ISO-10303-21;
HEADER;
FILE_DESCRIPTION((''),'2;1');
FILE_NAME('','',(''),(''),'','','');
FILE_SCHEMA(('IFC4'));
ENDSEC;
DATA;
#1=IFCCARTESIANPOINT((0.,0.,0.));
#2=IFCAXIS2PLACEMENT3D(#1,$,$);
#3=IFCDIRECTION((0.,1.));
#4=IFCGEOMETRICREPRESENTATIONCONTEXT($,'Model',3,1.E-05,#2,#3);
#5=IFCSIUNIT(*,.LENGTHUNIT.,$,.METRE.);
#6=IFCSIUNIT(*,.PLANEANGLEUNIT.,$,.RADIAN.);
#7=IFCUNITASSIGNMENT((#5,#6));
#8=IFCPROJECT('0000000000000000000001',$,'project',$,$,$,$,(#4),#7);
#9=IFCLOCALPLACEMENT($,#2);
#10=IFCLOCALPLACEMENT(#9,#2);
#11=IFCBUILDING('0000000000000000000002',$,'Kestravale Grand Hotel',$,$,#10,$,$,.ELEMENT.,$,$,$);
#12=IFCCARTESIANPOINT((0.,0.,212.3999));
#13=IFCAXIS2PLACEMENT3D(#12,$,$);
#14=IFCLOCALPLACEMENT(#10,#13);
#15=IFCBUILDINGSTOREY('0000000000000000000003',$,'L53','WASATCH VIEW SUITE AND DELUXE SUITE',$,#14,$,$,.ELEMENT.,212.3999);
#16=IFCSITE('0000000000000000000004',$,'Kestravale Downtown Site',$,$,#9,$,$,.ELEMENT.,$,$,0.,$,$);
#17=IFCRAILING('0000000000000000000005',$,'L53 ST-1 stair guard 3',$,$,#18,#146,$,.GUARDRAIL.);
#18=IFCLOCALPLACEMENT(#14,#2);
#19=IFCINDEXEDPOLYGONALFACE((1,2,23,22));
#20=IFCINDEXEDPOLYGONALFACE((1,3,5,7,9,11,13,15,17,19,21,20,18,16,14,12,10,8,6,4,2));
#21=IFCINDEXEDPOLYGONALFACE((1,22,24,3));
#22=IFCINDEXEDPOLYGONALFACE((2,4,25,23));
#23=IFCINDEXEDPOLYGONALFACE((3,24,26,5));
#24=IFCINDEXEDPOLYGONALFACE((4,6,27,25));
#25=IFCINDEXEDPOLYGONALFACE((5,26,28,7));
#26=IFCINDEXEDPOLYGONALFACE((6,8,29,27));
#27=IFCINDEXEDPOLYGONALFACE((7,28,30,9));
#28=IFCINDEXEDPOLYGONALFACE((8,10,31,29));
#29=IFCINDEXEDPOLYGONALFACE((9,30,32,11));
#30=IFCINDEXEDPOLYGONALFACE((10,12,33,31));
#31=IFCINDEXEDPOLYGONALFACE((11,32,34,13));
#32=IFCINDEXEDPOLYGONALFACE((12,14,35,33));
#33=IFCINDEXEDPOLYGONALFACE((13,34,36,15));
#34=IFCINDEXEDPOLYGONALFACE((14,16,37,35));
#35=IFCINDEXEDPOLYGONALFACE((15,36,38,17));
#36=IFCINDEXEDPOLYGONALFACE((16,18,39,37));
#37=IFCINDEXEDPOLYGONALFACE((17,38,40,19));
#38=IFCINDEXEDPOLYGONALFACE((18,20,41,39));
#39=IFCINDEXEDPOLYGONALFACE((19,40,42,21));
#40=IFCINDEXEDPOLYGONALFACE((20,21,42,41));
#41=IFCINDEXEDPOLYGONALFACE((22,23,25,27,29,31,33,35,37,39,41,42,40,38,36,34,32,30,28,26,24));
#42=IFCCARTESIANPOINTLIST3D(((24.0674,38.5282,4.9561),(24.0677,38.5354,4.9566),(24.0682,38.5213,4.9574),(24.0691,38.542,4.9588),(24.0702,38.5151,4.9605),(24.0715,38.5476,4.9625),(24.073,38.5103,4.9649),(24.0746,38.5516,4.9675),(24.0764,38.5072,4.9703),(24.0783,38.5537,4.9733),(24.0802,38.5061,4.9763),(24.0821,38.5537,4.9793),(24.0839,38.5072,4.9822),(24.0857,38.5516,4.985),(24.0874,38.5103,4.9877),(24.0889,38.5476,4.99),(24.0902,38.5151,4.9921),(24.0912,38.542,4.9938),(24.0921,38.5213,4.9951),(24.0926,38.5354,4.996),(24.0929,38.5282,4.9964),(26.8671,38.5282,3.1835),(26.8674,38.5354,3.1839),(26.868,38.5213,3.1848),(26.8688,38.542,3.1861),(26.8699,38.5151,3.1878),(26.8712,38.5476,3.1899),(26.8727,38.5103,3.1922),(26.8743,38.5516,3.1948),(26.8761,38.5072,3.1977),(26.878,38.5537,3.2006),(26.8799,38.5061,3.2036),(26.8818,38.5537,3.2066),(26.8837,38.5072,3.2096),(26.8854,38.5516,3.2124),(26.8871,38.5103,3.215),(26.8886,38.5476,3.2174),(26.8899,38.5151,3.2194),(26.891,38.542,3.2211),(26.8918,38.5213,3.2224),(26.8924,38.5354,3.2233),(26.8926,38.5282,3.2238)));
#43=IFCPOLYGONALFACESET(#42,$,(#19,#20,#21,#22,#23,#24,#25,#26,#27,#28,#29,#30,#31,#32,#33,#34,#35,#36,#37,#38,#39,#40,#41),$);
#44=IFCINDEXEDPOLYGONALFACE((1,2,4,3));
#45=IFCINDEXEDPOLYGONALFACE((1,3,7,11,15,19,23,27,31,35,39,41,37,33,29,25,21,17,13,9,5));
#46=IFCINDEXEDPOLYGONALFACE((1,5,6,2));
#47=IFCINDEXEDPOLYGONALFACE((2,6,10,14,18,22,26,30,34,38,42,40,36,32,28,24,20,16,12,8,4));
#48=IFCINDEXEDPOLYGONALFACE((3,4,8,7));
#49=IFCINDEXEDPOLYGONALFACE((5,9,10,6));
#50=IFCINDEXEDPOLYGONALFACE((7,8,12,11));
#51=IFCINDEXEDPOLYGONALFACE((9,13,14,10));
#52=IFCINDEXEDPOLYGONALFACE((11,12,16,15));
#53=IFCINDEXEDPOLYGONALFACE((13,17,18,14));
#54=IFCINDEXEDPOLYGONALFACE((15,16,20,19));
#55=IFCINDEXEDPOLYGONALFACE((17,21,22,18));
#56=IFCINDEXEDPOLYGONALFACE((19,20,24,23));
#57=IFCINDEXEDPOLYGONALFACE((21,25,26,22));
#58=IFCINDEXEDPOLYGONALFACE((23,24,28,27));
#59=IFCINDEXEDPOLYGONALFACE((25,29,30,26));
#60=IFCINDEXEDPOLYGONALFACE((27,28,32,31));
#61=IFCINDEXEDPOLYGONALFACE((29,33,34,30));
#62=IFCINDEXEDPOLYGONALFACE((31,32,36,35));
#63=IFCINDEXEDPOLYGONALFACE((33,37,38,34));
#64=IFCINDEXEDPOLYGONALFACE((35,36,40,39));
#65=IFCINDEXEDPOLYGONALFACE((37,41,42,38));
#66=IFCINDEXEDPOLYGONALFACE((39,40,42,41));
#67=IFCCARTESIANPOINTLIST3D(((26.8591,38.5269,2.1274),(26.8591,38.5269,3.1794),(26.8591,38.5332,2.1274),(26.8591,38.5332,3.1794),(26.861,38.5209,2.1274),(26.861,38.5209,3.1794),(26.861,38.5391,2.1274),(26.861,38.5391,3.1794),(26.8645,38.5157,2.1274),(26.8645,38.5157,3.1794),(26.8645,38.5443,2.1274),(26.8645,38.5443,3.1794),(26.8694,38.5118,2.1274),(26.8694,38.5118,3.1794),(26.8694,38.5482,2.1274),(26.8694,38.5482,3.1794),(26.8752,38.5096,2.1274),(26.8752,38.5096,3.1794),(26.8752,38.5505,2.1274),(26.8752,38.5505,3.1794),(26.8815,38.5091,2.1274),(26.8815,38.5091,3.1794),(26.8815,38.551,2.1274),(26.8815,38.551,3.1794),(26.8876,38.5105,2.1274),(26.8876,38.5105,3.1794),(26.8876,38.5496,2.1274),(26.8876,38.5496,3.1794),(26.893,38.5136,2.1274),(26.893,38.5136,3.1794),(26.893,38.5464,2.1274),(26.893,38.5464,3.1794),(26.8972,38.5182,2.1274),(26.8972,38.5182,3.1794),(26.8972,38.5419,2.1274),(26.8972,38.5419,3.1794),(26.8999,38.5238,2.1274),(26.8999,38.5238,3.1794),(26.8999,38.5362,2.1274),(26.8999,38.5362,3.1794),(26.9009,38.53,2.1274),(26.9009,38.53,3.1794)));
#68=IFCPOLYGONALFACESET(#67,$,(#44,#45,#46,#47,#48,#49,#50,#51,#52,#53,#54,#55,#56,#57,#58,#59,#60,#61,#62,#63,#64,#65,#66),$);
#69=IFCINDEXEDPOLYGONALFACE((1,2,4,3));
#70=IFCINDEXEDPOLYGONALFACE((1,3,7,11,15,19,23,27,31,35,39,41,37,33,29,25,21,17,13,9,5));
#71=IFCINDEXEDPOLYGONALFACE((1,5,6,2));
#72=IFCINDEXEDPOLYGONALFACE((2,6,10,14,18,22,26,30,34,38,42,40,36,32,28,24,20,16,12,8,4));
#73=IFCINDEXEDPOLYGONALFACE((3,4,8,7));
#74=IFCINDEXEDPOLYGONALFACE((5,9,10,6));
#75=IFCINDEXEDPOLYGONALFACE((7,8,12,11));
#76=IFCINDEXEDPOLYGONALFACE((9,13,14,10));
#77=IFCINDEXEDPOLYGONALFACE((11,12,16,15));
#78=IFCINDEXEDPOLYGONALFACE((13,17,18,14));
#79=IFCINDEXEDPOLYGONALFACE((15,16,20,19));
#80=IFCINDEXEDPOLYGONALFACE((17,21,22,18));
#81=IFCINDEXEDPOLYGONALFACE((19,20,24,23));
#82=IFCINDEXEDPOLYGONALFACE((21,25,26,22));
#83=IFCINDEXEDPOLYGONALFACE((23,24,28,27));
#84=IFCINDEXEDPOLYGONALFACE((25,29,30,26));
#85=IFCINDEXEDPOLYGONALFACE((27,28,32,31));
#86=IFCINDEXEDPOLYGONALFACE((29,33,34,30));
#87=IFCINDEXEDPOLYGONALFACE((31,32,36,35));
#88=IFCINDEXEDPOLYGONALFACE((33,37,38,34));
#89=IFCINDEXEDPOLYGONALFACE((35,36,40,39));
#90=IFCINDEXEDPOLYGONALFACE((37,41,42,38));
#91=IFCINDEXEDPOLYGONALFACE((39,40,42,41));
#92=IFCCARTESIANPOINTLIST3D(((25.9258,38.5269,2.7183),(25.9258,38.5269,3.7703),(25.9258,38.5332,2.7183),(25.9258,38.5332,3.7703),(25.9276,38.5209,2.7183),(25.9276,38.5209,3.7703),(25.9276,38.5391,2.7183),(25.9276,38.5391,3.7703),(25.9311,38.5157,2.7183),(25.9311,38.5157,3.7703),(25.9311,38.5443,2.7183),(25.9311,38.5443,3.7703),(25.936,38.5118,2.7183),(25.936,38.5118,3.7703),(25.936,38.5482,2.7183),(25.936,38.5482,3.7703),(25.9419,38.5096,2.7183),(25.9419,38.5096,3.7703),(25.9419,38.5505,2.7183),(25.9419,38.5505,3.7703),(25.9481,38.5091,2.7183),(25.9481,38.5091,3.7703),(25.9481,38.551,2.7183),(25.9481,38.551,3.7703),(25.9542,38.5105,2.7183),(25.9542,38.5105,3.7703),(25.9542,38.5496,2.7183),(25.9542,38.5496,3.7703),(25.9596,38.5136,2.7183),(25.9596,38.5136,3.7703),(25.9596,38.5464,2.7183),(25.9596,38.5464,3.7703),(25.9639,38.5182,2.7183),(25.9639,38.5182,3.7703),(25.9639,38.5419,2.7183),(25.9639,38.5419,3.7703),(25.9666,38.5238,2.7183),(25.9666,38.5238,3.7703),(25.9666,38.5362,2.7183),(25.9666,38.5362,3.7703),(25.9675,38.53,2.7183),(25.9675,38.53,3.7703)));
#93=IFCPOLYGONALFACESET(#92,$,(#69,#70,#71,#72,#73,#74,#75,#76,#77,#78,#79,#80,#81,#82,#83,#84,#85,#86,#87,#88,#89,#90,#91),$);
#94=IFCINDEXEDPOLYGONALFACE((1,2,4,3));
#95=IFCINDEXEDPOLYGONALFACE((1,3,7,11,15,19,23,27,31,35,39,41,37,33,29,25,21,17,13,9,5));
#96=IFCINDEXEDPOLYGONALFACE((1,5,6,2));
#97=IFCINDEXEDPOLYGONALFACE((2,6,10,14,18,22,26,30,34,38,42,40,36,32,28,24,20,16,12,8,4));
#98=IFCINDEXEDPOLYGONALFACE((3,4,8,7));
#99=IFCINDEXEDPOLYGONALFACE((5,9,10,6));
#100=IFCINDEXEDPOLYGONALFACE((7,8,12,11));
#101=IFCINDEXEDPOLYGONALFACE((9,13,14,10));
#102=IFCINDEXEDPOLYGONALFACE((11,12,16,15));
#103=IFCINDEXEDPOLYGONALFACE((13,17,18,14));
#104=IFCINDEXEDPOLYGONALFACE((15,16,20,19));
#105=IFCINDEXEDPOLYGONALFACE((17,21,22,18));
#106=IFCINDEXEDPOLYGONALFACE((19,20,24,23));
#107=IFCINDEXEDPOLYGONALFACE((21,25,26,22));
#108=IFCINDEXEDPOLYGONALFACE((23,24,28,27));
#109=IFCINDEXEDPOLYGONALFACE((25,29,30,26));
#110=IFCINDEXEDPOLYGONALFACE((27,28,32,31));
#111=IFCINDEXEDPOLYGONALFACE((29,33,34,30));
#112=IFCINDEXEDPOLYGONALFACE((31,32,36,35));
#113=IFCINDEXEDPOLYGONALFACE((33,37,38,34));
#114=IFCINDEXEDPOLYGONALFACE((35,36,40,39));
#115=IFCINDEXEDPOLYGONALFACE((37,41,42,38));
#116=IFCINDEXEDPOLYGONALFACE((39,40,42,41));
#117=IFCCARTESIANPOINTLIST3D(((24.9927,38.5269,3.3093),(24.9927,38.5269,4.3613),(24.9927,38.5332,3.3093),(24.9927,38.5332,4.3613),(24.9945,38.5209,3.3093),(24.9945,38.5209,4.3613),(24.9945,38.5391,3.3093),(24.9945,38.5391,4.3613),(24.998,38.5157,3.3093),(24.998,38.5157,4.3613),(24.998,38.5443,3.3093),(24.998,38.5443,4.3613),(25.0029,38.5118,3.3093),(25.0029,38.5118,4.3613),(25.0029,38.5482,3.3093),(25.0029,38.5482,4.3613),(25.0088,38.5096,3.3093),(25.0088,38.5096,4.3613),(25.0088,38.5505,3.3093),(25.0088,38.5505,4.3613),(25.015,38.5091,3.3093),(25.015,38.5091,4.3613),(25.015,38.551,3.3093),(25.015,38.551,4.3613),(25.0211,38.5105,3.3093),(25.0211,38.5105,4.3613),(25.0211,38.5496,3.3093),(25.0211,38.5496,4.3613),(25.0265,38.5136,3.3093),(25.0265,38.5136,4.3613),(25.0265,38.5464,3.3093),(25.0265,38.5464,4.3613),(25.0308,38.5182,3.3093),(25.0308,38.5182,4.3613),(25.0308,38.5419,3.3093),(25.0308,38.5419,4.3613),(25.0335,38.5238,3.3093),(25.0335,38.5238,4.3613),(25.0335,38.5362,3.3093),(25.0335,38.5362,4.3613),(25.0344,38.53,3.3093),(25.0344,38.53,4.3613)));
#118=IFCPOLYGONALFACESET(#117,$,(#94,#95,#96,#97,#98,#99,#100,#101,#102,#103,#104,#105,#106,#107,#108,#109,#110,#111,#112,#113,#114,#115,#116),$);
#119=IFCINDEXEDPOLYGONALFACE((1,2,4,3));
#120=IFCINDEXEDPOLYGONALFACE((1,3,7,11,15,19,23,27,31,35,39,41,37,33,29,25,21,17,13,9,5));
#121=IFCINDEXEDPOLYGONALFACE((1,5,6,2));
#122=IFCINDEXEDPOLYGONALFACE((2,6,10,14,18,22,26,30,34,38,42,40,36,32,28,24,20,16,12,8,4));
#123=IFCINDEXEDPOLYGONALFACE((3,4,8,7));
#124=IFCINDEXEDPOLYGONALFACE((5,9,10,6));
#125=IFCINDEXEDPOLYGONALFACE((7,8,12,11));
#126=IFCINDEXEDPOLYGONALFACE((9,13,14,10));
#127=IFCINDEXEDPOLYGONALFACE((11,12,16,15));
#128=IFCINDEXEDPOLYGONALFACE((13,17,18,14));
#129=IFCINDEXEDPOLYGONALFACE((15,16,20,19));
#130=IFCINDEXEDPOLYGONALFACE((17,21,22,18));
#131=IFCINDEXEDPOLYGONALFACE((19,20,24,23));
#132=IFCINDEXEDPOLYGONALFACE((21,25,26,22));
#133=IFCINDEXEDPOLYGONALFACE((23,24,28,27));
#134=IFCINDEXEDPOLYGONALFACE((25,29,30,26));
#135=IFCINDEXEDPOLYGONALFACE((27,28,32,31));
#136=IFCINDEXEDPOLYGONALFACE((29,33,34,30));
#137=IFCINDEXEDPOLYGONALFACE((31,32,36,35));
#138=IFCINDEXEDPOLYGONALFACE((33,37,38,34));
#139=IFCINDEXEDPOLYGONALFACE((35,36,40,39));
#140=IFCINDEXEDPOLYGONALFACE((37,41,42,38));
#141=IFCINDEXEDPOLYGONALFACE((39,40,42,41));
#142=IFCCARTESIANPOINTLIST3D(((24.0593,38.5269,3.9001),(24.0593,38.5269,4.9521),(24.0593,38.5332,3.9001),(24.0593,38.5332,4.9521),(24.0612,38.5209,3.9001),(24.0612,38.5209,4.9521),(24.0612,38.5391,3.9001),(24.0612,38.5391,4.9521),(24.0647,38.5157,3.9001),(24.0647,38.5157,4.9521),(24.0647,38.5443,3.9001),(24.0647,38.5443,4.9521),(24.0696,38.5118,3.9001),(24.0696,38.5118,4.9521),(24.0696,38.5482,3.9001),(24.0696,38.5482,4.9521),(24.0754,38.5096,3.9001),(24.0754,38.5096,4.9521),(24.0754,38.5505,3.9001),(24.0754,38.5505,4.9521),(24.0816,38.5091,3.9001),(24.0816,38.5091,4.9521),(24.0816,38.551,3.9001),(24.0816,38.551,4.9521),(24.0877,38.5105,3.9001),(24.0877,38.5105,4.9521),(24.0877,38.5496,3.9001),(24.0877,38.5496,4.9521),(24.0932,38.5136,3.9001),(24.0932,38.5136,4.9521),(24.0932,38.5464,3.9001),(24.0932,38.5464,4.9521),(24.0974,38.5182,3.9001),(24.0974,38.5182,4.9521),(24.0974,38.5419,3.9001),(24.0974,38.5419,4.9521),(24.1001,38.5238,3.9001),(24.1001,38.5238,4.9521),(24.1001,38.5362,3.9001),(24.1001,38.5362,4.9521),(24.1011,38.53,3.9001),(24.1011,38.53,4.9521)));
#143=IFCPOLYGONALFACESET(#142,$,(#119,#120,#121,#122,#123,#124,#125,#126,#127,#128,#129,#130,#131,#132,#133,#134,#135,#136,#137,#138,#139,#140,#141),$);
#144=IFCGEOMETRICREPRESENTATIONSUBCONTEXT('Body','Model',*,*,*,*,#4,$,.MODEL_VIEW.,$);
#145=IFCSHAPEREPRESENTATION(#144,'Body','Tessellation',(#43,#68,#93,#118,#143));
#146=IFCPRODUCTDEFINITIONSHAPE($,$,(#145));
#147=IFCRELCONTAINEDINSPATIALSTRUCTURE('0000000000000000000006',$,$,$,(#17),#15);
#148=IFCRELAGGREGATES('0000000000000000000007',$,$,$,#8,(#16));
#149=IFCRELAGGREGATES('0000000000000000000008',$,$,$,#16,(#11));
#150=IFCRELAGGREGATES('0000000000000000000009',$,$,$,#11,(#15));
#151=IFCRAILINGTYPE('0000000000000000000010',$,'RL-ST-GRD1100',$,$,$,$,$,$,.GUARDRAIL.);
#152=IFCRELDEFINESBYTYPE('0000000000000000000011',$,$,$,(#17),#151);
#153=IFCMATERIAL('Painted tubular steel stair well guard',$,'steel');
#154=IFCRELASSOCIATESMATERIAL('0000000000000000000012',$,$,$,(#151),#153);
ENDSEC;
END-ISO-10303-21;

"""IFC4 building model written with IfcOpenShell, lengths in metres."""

from ifc_helpers import new_model, si_unit, direction, frame, origin, origin_2d, place, context, subcontext, project, spatial, circle, extrude, material, type_object, element, save


model = new_model("IFC4")

# Units and contexts
model_context = context("Model", 3, precision=1e-05, world=origin(), true_north=direction((0.0, 1.0)))
body_context = subcontext(model_context, "Body", "Model", "MODEL_VIEW")
ifc_project = project(units=[si_unit("LENGTHUNIT", "METRE"), si_unit("PLANEANGLEUNIT", "RADIAN")], contexts=[model_context])

# Site, building, storey
site_placement = place(None, origin())
site = spatial("IfcSite", under=ifc_project, at=site_placement, Name="Kestravale Downtown Site", CompositionType="ELEMENT", RefElevation=0.0)
building_placement = place(site_placement, origin())
building = spatial("IfcBuilding", under=site, at=building_placement, Name="Kestravale Grand Hotel", CompositionType="ELEMENT")
storey_placement = place(building_placement, frame((0.0, 0.0, 212.3999)))
storey = spatial("IfcBuildingStorey", under=building, at=storey_placement, Name="L53", Description="WASATCH VIEW SUITE AND DELUXE SUITE", CompositionType="ELEMENT", Elevation=212.3999)

# Railing
ifc_material_1 = material(Name="Painted tubular steel stair well guard", Category="steel")
railing_type_1 = type_object("IfcRailingType", Name="RL-ST-GRD1100", PredefinedType="GUARDRAIL", material=ifc_material_1)
railing_1_placement = place(storey_placement, frame((26.8799, 38.53, 2.1274)))
element("IfcRailing", 1, at=railing_1_placement, inside=storey, type_object=railing_type_1, Name="L53 ST-1 stair guard 3", PredefinedType="GUARDRAIL", context=body_context, shape_type="SweptSolid", body=[
    extrude(circle(Radius=0.0239, at=origin_2d()), frame((0.0, 0.0, 1.0762), z_axis=(-0.844888, 0.0, 0.534943), x_axis=(0.0, -1.0, 0.0)), (0.0, 0.0, 1.0), 3.3137),
    extrude(circle(Radius=0.021, at=origin_2d()), origin(), (0.0, 0.0, 1.0), 1.052),
    extrude(circle(Radius=0.021, at=origin_2d()), frame((-0.9333, 0.0, 0.5908)), (0.0, 0.0, 1.0), 1.052),
    extrude(circle(Radius=0.021, at=origin_2d()), frame((-1.8665, 0.0, 1.1819)), (0.0, 0.0, 1.0), 1.052),
    extrude(circle(Radius=0.021, at=origin_2d()), frame((-2.7998, 0.0, 1.7727)), (0.0, 0.0, 1.0), 1.052),
])

save(model, "model.ifc")
